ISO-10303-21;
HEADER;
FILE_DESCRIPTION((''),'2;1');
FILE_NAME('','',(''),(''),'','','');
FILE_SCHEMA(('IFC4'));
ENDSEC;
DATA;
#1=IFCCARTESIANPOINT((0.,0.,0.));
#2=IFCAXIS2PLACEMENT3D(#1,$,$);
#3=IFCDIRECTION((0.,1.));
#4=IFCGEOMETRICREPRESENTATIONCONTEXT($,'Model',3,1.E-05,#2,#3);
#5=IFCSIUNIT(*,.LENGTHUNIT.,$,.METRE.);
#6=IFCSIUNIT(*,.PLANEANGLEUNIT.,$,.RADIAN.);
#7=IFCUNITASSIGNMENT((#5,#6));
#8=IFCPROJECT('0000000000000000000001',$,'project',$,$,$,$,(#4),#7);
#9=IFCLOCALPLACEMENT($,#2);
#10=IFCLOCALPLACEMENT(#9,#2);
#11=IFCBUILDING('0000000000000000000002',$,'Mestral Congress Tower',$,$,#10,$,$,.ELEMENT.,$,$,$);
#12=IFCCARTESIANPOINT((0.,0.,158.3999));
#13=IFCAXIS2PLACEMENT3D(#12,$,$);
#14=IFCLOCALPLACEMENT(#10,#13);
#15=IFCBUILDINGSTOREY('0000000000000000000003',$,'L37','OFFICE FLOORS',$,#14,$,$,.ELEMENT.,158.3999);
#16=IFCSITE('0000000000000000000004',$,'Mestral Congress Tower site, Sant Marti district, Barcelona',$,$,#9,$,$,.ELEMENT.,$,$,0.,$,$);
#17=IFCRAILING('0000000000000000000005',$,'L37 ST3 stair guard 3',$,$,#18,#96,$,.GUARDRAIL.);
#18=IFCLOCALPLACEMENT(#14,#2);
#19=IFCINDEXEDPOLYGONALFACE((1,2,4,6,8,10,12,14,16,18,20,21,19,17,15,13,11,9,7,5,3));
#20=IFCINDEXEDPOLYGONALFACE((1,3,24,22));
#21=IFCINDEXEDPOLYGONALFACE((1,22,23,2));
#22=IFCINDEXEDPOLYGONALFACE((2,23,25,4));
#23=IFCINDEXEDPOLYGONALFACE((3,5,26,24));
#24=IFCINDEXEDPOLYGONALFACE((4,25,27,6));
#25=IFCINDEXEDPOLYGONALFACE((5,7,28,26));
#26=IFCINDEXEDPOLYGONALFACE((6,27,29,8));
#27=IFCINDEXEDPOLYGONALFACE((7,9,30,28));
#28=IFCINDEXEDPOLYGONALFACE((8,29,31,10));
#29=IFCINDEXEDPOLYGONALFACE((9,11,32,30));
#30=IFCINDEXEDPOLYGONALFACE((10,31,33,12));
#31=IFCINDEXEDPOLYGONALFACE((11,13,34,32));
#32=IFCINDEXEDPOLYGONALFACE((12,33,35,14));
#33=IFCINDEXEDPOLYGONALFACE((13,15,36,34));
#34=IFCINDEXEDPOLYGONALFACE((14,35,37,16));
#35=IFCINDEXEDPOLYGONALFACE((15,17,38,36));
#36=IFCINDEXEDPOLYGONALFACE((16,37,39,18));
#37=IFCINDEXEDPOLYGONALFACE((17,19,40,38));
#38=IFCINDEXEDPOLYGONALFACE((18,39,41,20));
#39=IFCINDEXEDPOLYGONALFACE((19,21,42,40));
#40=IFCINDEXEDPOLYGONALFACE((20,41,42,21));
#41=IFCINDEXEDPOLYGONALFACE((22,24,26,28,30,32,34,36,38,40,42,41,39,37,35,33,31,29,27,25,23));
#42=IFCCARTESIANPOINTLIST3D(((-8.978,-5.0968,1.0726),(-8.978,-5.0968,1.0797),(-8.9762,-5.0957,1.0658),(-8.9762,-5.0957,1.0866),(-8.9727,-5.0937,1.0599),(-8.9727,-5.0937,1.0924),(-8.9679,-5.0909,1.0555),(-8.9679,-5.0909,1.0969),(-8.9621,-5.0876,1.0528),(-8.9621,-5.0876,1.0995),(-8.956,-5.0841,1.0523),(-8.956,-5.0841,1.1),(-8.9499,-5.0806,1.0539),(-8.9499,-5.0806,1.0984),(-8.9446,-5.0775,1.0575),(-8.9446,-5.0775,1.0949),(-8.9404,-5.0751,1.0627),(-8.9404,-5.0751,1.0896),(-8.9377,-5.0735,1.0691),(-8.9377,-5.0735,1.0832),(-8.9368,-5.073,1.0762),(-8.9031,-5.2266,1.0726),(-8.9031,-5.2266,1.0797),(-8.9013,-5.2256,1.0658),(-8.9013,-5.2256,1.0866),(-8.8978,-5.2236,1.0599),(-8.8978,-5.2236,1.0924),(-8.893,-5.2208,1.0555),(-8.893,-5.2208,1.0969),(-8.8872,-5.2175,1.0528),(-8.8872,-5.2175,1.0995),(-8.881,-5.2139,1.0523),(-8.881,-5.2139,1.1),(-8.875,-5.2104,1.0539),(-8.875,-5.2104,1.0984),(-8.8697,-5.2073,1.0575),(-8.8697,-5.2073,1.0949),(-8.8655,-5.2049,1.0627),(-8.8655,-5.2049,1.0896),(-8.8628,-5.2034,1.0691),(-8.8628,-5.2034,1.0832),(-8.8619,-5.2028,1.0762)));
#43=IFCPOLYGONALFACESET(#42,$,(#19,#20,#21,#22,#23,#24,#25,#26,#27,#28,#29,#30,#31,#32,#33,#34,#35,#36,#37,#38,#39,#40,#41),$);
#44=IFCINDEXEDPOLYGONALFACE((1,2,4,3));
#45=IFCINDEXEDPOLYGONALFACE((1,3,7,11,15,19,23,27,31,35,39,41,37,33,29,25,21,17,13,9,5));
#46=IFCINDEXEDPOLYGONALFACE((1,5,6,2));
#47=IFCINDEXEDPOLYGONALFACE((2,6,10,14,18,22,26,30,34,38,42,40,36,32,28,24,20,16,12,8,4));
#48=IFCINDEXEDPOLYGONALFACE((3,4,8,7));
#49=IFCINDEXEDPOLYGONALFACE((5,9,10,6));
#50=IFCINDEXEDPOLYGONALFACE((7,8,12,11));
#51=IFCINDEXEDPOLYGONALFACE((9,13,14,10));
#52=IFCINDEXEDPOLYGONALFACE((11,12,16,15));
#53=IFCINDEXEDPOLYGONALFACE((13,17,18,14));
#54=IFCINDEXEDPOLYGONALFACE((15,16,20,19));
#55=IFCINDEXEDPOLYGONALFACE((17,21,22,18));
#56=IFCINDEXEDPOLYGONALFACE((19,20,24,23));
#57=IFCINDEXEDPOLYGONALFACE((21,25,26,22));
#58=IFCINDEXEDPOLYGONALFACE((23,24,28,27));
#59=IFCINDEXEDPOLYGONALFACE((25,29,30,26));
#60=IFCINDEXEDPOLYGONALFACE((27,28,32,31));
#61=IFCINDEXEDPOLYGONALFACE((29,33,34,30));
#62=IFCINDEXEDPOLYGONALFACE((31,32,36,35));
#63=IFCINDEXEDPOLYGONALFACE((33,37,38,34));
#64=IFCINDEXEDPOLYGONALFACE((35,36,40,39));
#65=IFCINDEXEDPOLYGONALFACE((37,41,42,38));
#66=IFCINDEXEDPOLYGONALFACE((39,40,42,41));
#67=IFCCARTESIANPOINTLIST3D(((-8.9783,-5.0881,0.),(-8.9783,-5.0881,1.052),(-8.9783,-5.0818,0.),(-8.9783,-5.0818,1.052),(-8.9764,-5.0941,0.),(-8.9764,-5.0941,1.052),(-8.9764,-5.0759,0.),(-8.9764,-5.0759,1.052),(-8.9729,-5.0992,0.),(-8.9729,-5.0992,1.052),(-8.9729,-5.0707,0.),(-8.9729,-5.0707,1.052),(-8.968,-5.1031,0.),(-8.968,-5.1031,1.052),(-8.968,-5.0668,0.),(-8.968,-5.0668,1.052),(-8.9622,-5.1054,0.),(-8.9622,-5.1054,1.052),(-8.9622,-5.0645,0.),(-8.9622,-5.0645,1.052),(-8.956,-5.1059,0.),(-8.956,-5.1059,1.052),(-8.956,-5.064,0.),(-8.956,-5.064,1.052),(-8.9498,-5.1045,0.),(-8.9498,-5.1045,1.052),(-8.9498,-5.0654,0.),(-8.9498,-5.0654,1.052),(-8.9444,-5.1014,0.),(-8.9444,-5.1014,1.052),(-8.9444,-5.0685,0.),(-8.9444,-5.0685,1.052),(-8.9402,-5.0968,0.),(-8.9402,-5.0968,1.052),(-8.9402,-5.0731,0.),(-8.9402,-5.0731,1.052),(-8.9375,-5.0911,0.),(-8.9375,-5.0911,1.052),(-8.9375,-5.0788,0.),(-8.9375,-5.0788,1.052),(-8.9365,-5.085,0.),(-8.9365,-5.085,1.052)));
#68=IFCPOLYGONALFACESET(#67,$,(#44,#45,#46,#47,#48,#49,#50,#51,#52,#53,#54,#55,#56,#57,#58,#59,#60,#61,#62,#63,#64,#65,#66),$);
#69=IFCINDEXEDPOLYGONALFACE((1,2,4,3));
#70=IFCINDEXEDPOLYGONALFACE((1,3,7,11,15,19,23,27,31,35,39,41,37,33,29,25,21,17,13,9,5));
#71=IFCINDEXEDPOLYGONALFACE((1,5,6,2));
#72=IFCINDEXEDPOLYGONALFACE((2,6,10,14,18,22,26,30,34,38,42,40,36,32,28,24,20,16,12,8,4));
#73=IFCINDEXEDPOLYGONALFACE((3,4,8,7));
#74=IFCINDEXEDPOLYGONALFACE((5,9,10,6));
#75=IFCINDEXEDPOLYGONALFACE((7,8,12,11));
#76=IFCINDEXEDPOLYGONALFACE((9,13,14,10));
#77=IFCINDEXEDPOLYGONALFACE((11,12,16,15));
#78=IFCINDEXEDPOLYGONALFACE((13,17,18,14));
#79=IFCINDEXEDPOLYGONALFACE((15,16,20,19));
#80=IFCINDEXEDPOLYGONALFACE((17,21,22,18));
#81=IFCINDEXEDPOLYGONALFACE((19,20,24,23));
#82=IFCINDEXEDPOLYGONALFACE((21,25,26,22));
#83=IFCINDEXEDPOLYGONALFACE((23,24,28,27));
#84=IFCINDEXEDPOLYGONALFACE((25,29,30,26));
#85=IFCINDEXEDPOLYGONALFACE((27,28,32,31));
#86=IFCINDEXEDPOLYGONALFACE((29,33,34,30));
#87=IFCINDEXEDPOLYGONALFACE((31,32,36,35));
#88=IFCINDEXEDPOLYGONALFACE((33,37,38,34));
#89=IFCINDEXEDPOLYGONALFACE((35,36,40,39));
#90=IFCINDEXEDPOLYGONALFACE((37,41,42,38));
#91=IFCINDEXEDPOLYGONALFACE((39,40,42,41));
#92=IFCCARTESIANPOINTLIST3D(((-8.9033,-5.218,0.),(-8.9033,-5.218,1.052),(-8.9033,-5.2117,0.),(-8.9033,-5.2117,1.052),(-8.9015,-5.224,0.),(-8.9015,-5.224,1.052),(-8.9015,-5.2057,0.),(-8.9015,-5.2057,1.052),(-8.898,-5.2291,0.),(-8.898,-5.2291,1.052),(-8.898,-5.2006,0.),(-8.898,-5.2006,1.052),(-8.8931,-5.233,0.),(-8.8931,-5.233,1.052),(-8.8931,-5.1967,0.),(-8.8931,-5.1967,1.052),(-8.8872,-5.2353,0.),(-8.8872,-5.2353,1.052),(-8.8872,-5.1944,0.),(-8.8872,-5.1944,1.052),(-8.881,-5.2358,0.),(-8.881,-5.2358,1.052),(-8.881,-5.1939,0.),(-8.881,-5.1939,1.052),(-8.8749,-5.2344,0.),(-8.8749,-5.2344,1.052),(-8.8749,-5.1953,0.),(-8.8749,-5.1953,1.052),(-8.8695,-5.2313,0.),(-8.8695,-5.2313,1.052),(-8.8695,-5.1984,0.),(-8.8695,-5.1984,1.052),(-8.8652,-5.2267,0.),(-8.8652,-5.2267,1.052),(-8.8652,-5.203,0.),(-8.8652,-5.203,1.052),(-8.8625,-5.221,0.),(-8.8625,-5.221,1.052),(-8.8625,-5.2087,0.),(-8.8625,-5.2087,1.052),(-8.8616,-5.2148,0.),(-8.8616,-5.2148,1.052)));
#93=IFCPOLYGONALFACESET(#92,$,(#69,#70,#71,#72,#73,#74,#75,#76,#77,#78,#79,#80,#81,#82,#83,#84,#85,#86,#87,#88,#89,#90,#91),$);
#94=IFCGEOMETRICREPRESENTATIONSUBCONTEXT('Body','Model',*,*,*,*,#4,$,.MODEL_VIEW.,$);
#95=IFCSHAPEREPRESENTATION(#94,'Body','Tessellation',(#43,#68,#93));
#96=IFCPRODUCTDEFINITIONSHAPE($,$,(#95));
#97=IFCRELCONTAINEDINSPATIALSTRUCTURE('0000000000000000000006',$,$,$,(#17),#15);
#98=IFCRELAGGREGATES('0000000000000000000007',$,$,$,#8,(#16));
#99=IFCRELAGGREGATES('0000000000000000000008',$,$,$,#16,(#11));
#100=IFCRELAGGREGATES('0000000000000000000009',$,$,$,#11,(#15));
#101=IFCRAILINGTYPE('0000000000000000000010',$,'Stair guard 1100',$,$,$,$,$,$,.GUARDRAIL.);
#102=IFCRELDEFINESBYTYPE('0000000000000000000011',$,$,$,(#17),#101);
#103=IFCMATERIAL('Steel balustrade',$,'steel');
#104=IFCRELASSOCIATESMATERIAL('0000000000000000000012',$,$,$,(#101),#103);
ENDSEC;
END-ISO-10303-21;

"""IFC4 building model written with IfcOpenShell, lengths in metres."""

from ifc_helpers import new_model, si_unit, direction, frame, origin, origin_2d, place, context, subcontext, project, spatial, circle, extrude, material, type_object, element, save


model = new_model("IFC4")

# Units and contexts
model_context = context("Model", 3, precision=1e-05, world=origin(), true_north=direction((0.0, 1.0)))
body_context = subcontext(model_context, "Body", "Model", "MODEL_VIEW")
ifc_project = project(units=[si_unit("LENGTHUNIT", "METRE"), si_unit("PLANEANGLEUNIT", "RADIAN")], contexts=[model_context])

# Site, building, storey
site_placement = place(None, origin())
site = spatial("IfcSite", under=ifc_project, at=site_placement, Name="Mestral Congress Tower site, Sant Marti district, Barcelona", CompositionType="ELEMENT", RefElevation=0.0)
building_placement = place(site_placement, origin())
building = spatial("IfcBuilding", under=site, at=building_placement, Name="Mestral Congress Tower", CompositionType="ELEMENT")
storey_placement = place(building_placement, frame((0.0, 0.0, 158.3999)))
storey = spatial("IfcBuildingStorey", under=building, at=storey_placement, Name="L37", Description="OFFICE FLOORS", CompositionType="ELEMENT", Elevation=158.3999)

# Railing
ifc_material_1 = material(Name="Steel balustrade", Category="steel")
railing_type_1 = type_object("IfcRailingType", Name="Stair guard 1100", PredefinedType="GUARDRAIL", material=ifc_material_1)
railing_1_placement = place(storey_placement, frame((-8.9575, -5.085, 0.0)))
element("IfcRailing", 1, at=railing_1_placement, inside=storey, type_object=railing_type_1, Name="L37 ST3 stair guard 3", PredefinedType="GUARDRAIL", context=body_context, shape_type="SweptSolid", body=[
    extrude(circle(Radius=0.0239, at=origin_2d()), frame((0.0, 0.0, 1.0762), z_axis=(0.499816, -0.866131, 0.0), x_axis=(0.866131, 0.499816, 0.0)), (0.0, 0.0, 1.0), 0.1499),
    extrude(circle(Radius=0.021, at=origin_2d()), origin(), (0.0, 0.0, 1.0), 1.052),
    extrude(circle(Radius=0.021, at=origin_2d()), frame((0.075, -0.1299, 0.0)), (0.0, 0.0, 1.0), 1.052),
])

save(model, "model.ifc")
